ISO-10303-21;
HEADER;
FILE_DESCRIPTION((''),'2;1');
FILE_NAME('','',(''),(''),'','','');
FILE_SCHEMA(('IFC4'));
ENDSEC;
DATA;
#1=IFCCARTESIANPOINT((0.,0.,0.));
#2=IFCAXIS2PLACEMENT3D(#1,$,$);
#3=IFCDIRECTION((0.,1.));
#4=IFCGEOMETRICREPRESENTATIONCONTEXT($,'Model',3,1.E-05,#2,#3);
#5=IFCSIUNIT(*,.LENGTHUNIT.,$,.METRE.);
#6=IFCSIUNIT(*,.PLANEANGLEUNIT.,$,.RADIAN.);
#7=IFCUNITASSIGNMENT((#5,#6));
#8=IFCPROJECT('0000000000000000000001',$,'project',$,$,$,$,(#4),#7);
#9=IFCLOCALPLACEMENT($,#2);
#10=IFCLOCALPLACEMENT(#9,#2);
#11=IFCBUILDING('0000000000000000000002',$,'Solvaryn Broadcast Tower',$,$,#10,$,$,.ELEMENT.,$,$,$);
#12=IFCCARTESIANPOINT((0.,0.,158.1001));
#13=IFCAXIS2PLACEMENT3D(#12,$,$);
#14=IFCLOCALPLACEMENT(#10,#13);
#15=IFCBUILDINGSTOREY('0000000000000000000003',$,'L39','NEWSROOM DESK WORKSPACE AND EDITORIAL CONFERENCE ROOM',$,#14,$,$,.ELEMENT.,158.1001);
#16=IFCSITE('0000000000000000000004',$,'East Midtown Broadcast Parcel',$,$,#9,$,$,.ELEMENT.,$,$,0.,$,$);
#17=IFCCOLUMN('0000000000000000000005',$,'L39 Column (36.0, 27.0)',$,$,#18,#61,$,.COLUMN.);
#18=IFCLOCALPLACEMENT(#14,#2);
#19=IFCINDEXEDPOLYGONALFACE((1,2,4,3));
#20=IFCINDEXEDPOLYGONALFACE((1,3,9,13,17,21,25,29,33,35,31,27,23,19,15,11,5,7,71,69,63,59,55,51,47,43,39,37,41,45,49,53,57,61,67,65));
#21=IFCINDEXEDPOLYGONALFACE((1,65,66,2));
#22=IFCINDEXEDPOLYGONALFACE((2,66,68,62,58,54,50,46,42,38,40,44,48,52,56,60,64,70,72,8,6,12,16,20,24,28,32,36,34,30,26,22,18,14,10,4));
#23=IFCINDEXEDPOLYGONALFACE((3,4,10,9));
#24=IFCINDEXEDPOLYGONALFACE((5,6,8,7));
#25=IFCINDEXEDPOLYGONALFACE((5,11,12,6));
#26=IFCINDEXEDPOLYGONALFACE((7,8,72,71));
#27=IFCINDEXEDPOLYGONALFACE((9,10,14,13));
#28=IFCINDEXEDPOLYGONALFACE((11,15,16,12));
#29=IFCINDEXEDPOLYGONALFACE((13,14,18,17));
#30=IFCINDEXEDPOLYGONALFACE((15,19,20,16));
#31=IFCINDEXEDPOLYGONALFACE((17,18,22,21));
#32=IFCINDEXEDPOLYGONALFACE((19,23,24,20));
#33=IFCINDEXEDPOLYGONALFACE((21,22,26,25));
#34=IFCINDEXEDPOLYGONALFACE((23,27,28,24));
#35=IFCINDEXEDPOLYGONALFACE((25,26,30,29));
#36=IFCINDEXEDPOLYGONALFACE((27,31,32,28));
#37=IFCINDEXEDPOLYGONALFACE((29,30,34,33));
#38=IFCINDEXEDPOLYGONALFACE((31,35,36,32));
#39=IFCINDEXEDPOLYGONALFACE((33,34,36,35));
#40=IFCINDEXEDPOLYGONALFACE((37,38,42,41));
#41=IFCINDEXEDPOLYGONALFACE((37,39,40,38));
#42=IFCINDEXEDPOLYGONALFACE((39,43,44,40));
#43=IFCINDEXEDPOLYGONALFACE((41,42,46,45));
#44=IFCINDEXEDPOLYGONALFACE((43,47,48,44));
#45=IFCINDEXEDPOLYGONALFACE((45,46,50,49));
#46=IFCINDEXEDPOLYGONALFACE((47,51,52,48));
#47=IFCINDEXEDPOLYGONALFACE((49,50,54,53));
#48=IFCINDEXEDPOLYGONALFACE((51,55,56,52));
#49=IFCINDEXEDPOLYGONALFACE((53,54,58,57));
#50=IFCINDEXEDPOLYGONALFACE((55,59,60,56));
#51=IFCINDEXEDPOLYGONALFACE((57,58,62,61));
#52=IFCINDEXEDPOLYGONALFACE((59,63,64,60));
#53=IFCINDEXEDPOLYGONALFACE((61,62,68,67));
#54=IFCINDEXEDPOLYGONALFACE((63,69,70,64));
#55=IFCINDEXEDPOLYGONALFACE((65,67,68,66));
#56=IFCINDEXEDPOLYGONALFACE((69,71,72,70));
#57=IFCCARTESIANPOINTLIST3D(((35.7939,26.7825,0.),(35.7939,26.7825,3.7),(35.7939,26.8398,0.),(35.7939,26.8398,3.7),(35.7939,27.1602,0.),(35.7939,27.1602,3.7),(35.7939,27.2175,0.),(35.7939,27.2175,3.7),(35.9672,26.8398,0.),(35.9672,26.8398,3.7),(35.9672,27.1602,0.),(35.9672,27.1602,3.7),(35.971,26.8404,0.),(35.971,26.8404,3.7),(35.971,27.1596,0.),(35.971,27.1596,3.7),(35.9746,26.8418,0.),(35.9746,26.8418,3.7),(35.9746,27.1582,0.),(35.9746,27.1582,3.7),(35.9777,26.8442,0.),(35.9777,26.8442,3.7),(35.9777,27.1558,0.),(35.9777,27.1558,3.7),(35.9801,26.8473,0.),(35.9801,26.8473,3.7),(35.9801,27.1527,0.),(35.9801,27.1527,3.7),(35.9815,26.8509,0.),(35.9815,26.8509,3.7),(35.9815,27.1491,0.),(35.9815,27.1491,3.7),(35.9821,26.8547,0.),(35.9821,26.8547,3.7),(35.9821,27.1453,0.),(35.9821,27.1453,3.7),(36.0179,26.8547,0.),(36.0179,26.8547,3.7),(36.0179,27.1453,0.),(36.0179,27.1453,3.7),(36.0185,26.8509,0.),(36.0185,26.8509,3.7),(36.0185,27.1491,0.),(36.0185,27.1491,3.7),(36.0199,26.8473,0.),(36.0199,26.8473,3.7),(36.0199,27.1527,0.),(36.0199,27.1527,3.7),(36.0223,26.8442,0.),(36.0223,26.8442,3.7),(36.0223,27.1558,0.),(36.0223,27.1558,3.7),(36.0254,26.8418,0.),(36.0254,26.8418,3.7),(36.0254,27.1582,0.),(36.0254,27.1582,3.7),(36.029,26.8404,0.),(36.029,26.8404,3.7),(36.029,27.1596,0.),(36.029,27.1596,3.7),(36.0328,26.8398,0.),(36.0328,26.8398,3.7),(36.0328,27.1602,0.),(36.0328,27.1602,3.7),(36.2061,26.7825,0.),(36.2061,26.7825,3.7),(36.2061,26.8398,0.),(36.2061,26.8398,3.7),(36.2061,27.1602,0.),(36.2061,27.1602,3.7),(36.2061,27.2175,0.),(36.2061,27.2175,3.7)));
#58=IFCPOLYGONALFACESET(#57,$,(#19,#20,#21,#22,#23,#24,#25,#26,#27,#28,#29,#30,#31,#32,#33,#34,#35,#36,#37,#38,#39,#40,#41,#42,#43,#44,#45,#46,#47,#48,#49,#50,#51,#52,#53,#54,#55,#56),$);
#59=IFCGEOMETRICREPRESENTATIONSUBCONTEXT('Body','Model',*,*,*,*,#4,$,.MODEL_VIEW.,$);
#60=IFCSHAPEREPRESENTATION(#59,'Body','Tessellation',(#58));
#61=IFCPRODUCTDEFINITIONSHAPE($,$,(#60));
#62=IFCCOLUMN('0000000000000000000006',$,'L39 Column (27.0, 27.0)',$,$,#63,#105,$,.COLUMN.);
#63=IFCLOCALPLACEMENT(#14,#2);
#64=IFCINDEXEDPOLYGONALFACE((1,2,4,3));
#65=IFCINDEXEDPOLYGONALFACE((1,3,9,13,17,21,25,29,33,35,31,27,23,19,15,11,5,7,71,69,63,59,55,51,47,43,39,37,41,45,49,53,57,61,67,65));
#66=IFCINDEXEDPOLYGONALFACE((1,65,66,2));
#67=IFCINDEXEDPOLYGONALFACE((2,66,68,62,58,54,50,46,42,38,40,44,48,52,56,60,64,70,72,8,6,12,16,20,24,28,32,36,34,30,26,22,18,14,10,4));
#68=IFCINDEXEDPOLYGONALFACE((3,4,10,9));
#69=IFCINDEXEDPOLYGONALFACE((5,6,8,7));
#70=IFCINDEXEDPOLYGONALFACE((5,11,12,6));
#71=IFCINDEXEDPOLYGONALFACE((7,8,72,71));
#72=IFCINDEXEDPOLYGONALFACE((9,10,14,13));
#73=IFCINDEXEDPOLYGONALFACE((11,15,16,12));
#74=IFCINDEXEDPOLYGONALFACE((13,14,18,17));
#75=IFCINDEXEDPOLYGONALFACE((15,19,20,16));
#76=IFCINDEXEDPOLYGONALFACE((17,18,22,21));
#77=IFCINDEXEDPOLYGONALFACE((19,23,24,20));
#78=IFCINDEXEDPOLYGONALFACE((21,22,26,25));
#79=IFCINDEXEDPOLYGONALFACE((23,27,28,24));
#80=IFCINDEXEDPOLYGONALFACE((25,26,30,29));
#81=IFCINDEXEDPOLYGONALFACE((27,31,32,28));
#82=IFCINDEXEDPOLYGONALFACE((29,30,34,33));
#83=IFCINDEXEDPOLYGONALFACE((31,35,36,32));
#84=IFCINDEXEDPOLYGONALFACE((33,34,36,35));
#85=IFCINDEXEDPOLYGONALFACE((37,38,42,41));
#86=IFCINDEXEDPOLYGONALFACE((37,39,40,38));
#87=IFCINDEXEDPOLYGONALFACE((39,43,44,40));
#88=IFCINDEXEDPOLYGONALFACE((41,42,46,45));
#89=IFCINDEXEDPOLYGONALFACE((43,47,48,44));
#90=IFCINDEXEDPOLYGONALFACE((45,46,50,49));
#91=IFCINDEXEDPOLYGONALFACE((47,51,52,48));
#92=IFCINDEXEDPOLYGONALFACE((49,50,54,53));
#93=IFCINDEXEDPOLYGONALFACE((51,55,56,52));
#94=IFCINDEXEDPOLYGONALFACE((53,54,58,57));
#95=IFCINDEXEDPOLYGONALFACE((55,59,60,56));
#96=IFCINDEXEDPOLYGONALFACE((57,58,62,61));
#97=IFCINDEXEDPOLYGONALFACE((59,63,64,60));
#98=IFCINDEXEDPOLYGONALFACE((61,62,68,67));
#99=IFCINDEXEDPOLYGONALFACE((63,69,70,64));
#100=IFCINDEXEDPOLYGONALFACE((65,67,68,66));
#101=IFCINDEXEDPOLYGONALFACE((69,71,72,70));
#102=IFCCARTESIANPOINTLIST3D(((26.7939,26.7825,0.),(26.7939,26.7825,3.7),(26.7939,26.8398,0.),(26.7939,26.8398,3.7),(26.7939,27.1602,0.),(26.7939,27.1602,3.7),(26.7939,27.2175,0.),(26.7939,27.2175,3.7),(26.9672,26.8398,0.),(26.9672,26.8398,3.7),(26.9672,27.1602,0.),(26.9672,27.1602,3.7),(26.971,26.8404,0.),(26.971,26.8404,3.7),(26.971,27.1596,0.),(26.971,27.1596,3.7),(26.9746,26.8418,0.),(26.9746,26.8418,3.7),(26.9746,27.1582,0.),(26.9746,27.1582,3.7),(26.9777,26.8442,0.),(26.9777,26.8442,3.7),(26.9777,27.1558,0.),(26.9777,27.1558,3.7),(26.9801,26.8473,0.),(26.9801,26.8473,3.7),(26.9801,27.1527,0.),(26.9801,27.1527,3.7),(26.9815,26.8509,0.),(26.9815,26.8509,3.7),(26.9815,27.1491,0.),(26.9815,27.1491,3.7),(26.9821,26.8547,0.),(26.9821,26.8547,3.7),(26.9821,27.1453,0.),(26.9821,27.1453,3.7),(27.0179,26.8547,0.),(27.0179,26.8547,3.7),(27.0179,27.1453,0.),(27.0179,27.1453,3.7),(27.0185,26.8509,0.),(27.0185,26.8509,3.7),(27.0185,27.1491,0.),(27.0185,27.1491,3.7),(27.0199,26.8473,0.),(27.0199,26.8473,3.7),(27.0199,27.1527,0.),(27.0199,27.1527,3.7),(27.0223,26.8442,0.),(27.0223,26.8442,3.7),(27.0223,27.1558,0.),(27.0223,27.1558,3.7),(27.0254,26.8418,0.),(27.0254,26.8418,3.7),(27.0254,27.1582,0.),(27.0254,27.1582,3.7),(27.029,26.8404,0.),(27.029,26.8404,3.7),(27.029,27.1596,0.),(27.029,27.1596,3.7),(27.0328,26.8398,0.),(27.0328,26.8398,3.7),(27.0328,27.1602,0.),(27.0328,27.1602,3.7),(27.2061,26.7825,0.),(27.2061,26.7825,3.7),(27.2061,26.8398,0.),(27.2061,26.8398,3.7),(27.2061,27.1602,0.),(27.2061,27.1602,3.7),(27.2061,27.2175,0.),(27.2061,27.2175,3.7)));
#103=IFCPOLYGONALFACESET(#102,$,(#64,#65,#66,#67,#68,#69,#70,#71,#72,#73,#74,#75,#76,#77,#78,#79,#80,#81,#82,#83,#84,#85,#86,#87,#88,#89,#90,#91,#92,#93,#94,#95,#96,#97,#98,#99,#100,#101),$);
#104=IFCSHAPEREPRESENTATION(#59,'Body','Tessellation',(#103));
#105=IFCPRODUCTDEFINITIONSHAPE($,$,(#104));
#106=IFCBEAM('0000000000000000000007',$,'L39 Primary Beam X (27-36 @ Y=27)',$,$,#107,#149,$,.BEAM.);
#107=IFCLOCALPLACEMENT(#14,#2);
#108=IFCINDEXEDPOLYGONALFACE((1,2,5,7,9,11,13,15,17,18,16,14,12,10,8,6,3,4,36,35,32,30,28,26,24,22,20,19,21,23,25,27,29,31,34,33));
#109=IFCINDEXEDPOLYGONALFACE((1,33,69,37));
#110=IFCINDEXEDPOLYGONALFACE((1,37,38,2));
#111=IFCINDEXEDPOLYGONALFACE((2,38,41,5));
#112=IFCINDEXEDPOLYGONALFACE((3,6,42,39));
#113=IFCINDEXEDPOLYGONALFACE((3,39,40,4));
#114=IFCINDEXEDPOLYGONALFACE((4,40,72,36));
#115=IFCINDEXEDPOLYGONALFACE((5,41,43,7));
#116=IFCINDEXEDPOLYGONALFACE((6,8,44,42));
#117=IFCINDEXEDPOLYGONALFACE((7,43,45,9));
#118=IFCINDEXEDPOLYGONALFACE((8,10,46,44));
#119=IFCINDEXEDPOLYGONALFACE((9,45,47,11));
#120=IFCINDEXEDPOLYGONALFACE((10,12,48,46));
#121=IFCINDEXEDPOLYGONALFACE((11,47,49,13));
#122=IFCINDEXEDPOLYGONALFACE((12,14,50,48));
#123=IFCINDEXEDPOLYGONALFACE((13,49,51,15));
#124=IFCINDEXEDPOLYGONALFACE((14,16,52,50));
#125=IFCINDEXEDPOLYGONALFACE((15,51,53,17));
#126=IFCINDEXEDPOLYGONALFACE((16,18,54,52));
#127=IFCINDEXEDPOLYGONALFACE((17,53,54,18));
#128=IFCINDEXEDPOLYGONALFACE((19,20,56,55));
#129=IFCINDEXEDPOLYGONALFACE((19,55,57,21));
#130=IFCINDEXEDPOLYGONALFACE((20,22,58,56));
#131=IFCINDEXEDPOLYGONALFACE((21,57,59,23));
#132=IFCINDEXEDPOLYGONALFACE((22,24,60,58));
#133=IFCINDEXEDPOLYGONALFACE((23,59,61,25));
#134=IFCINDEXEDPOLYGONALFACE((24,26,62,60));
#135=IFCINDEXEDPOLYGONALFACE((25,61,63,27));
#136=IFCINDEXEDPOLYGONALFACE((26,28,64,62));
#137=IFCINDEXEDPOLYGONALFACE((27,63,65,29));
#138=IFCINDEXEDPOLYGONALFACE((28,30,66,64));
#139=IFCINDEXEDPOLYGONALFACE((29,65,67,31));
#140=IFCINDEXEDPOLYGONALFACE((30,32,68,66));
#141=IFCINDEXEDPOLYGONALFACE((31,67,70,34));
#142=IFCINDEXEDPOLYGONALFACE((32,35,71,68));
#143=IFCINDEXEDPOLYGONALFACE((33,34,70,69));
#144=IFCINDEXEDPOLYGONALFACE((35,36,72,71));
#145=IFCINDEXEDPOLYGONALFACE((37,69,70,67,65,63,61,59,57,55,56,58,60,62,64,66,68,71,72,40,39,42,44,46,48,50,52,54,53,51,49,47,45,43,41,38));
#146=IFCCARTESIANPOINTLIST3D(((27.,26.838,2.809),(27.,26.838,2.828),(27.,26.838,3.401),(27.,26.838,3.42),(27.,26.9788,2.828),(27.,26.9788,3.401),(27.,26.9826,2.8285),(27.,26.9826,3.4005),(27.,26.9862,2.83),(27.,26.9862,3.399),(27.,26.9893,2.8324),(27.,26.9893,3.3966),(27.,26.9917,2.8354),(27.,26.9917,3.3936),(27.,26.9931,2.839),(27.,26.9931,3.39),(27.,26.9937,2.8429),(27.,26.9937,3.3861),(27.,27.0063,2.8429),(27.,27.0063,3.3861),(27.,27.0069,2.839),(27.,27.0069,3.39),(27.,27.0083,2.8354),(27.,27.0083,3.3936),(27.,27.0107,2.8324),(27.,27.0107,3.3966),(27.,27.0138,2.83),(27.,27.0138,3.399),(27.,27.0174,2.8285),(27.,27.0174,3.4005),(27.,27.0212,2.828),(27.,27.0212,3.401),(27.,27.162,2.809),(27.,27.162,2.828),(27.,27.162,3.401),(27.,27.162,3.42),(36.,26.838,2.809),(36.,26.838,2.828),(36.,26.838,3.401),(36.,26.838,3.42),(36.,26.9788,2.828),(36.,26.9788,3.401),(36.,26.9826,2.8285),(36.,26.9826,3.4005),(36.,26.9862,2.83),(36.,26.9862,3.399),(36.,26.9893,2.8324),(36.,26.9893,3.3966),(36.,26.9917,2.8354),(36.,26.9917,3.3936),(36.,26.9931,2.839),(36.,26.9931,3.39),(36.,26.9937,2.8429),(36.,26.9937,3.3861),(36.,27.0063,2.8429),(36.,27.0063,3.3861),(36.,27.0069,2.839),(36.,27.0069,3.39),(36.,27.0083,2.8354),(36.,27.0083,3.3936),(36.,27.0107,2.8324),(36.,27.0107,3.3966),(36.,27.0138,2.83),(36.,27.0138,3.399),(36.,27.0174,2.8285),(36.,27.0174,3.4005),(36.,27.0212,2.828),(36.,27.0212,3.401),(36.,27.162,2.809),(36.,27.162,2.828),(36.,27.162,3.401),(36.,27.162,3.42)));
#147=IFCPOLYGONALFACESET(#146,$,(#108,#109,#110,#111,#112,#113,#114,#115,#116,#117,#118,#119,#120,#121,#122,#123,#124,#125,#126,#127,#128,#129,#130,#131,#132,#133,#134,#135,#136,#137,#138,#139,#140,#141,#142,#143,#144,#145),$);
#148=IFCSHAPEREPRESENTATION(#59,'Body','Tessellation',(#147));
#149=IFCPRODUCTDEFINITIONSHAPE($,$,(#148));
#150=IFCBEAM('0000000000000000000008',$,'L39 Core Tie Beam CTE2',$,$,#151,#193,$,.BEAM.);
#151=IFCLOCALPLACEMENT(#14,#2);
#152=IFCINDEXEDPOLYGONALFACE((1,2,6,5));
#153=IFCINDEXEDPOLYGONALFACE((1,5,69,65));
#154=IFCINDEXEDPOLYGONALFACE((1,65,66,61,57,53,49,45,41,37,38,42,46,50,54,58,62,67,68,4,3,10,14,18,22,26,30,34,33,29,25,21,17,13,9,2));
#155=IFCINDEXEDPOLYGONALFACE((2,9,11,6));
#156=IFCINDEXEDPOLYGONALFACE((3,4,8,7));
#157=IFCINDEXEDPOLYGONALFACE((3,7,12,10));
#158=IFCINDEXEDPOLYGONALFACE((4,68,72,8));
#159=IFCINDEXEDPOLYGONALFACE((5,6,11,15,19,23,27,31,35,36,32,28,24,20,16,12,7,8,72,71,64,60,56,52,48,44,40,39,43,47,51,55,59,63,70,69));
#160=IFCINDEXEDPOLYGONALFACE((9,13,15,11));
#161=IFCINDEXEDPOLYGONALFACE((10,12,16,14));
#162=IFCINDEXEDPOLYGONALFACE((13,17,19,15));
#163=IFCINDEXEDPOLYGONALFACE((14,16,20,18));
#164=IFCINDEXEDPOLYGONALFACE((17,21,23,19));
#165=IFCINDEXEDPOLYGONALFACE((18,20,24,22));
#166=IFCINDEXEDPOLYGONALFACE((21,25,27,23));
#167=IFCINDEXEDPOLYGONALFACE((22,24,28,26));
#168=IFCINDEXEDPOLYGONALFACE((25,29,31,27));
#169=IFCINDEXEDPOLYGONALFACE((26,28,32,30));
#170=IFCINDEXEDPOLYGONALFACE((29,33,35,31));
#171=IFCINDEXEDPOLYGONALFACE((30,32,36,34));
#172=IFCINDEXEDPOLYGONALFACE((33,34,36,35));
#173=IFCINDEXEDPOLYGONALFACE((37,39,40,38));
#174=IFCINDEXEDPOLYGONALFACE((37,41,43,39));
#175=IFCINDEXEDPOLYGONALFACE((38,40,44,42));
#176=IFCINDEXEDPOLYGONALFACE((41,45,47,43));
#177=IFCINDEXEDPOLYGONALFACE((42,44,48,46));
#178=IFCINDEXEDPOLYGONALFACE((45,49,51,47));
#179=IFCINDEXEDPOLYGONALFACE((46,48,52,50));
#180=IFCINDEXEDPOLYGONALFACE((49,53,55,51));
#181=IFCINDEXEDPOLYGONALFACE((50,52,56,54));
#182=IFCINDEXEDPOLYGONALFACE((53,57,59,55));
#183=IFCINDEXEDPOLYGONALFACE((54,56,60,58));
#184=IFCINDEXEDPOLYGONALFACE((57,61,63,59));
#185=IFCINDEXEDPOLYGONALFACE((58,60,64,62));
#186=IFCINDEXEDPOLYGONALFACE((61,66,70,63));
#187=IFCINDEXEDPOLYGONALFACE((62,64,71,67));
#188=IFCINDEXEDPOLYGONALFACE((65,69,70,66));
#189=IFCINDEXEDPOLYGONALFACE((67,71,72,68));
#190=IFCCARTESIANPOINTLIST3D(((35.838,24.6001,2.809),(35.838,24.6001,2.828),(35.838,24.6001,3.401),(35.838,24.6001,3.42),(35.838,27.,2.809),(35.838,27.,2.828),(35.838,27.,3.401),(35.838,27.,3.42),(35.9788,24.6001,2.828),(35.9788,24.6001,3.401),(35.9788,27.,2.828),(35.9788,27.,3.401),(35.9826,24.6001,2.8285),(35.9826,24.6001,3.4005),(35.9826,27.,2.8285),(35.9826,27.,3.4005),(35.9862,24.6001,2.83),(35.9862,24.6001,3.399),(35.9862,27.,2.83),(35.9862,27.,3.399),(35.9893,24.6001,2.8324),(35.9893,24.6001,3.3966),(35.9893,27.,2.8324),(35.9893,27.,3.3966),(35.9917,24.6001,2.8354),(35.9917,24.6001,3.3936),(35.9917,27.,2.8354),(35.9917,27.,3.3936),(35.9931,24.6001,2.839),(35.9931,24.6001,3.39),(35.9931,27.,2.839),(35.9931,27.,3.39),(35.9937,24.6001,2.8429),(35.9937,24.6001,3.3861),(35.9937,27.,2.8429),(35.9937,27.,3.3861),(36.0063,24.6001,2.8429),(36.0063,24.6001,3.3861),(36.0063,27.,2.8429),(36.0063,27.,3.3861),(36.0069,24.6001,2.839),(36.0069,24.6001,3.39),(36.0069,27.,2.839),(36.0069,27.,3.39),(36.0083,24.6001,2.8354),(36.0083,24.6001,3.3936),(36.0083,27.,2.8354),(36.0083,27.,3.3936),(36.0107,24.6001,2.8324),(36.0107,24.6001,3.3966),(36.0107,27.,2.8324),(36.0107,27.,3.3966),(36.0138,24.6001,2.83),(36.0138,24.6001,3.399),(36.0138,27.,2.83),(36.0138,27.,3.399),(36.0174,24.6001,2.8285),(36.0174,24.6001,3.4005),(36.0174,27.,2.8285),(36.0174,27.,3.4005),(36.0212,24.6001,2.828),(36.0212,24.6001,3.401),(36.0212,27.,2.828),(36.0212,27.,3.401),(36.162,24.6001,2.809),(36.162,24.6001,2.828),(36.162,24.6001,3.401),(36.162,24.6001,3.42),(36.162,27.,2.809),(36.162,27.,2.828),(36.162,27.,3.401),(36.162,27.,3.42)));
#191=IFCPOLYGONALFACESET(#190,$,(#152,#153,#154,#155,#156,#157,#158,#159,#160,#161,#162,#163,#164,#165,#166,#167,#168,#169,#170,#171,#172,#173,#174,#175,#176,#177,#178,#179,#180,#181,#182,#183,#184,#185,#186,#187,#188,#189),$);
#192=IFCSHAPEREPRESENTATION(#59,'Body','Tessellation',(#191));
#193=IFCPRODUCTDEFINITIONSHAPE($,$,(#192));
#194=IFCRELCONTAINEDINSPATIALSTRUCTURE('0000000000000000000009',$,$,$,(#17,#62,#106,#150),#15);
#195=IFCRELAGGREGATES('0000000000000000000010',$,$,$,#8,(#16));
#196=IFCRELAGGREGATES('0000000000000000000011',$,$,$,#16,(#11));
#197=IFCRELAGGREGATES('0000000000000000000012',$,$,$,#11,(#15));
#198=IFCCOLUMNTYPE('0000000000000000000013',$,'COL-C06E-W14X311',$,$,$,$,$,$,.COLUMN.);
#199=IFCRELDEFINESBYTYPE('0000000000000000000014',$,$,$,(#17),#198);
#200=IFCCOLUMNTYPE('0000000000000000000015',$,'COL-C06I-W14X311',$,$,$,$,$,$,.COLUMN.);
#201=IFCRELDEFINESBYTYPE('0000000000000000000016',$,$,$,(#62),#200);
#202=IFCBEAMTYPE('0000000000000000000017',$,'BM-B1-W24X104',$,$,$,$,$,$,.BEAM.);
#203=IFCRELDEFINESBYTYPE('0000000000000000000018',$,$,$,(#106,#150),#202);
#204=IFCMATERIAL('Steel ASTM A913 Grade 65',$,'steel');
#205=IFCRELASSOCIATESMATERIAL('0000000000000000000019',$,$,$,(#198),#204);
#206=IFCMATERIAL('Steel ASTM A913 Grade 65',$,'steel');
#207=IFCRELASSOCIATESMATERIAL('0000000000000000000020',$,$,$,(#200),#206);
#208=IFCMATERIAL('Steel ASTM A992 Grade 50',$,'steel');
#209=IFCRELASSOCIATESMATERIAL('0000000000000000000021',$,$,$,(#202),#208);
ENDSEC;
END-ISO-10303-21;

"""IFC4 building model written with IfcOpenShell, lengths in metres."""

from ifc_helpers import new_model, si_unit, direction, frame, origin, origin_2d, place, context, subcontext, project, spatial, i_section, extrude, material, material_profile, profile_set, type_object, element, save


model = new_model("IFC4")

# Units and contexts
model_context = context("Model", 3, precision=1e-05, world=origin(), true_north=direction((0.0, 1.0)))
body_context = subcontext(model_context, "Body", "Model", "MODEL_VIEW")
ifc_project = project(units=[si_unit("LENGTHUNIT", "METRE"), si_unit("PLANEANGLEUNIT", "RADIAN")], contexts=[model_context])

# Site, building, storey
site_placement = place(None, origin())
site = spatial("IfcSite", under=ifc_project, at=site_placement, Name="East Midtown Broadcast Parcel", CompositionType="ELEMENT", RefElevation=0.0)
building_placement = place(site_placement, origin())
building = spatial("IfcBuilding", under=site, at=building_placement, Name="Solvaryn Broadcast Tower", CompositionType="ELEMENT")
storey_placement = place(building_placement, frame((0.0, 0.0, 158.1001)))
storey = spatial("IfcBuildingStorey", under=building, at=storey_placement, Name="L39", Description="NEWSROOM DESK WORKSPACE AND EDITORIAL CONFERENCE ROOM", CompositionType="ELEMENT", Elevation=158.1001)

# Columns
ifc_material_1 = material(Name="Steel ASTM A913 Grade 65", Category="steel")
ifc_material_profile_1 = material_profile(ifc_material_1, i_section(OverallWidth=0.4121, OverallDepth=0.4351, WebThickness=0.0359, FlangeThickness=0.0574, FilletRadius=0.0149, at=origin_2d()))
ifc_profile_set_1 = profile_set([ifc_material_profile_1], Name="Steel ASTM A913 Grade 65")
column_type_1 = type_object("IfcColumnType", Name="COL-C06E-W14X311", PredefinedType="COLUMN", material=ifc_profile_set_1)
column_1_placement = place(storey_placement, frame((36.0, 27.0, 0.0), z_axis=(0.0, 0.0, 1.0), x_axis=(1.0, 0.0, 0.0)))
element("IfcColumn", 1, at=column_1_placement, inside=storey, type_object=column_type_1, Name="L39 Column (36.0, 27.0)", PredefinedType="COLUMN", context=body_context, shape_type="SweptSolid", body=[
    extrude(i_section(OverallWidth=0.4121, OverallDepth=0.4351, WebThickness=0.0359, FlangeThickness=0.0574, FilletRadius=0.0149, at=origin_2d()), origin(), (0.0, 0.0, 1.0), 3.7),
])
ifc_material_2 = material(Name="Steel ASTM A913 Grade 65", Category="steel")
ifc_material_profile_2 = material_profile(ifc_material_2, i_section(OverallWidth=0.4121, OverallDepth=0.4351, WebThickness=0.0359, FlangeThickness=0.0574, FilletRadius=0.0149, at=origin_2d()))
ifc_profile_set_2 = profile_set([ifc_material_profile_2], Name="Steel ASTM A913 Grade 65")
column_type_2 = type_object("IfcColumnType", Name="COL-C06I-W14X311", PredefinedType="COLUMN", material=ifc_profile_set_2)
column_2_placement = place(storey_placement, frame((27.0, 27.0, 0.0), z_axis=(0.0, 0.0, 1.0), x_axis=(1.0, 0.0, 0.0)))
element("IfcColumn", 2, at=column_2_placement, inside=storey, type_object=column_type_2, Name="L39 Column (27.0, 27.0)", PredefinedType="COLUMN", context=body_context, shape_type="SweptSolid", body=[
    extrude(i_section(OverallWidth=0.4121, OverallDepth=0.4351, WebThickness=0.0359, FlangeThickness=0.0574, FilletRadius=0.0149, at=origin_2d()), origin(), (0.0, 0.0, 1.0), 3.7),
])

# Beams
ifc_material_3 = material(Name="Steel ASTM A992 Grade 50", Category="steel")
ifc_material_profile_3 = material_profile(ifc_material_3, i_section(OverallWidth=0.324, OverallDepth=0.6111, WebThickness=0.0127, FlangeThickness=0.019, FilletRadius=0.0149, at=origin_2d()))
ifc_profile_set_3 = profile_set([ifc_material_profile_3], Name="Steel ASTM A992 Grade 50")
beam_type_1 = type_object("IfcBeamType", Name="BM-B1-W24X104", PredefinedType="BEAM", material=ifc_profile_set_3)
beam_1_placement = place(storey_placement, frame((27.0, 27.0, 3.1145), z_axis=(1.0, 0.0, 0.0), x_axis=(0.0, 1.0, 0.0)))
element("IfcBeam", 3, at=beam_1_placement, inside=storey, type_object=beam_type_1, Name="L39 Primary Beam X (27-36 @ Y=27)", PredefinedType="BEAM", context=body_context, shape_type="SweptSolid", body=[
    extrude(i_section(OverallWidth=0.324, OverallDepth=0.6111, WebThickness=0.0127, FlangeThickness=0.019, FilletRadius=0.0149, at=origin_2d()), origin(), (0.0, 0.0, 1.0), 9.0),
])
beam_2_placement = place(storey_placement, frame((36.0, 24.6001, 3.1145), z_axis=(0.0, 1.0, 0.0), x_axis=(-1.0, 0.0, 0.0)))
element("IfcBeam", 4, at=beam_2_placement, inside=storey, type_object=beam_type_1, Name="L39 Core Tie Beam CTE2", PredefinedType="BEAM", context=body_context, shape_type="SweptSolid", body=[
    extrude(i_section(OverallWidth=0.324, OverallDepth=0.6111, WebThickness=0.0127, FlangeThickness=0.019, FilletRadius=0.0149, at=origin_2d()), origin(), (0.0, 0.0, 1.0), 2.3999),
])

save(model, "model.ifc")
